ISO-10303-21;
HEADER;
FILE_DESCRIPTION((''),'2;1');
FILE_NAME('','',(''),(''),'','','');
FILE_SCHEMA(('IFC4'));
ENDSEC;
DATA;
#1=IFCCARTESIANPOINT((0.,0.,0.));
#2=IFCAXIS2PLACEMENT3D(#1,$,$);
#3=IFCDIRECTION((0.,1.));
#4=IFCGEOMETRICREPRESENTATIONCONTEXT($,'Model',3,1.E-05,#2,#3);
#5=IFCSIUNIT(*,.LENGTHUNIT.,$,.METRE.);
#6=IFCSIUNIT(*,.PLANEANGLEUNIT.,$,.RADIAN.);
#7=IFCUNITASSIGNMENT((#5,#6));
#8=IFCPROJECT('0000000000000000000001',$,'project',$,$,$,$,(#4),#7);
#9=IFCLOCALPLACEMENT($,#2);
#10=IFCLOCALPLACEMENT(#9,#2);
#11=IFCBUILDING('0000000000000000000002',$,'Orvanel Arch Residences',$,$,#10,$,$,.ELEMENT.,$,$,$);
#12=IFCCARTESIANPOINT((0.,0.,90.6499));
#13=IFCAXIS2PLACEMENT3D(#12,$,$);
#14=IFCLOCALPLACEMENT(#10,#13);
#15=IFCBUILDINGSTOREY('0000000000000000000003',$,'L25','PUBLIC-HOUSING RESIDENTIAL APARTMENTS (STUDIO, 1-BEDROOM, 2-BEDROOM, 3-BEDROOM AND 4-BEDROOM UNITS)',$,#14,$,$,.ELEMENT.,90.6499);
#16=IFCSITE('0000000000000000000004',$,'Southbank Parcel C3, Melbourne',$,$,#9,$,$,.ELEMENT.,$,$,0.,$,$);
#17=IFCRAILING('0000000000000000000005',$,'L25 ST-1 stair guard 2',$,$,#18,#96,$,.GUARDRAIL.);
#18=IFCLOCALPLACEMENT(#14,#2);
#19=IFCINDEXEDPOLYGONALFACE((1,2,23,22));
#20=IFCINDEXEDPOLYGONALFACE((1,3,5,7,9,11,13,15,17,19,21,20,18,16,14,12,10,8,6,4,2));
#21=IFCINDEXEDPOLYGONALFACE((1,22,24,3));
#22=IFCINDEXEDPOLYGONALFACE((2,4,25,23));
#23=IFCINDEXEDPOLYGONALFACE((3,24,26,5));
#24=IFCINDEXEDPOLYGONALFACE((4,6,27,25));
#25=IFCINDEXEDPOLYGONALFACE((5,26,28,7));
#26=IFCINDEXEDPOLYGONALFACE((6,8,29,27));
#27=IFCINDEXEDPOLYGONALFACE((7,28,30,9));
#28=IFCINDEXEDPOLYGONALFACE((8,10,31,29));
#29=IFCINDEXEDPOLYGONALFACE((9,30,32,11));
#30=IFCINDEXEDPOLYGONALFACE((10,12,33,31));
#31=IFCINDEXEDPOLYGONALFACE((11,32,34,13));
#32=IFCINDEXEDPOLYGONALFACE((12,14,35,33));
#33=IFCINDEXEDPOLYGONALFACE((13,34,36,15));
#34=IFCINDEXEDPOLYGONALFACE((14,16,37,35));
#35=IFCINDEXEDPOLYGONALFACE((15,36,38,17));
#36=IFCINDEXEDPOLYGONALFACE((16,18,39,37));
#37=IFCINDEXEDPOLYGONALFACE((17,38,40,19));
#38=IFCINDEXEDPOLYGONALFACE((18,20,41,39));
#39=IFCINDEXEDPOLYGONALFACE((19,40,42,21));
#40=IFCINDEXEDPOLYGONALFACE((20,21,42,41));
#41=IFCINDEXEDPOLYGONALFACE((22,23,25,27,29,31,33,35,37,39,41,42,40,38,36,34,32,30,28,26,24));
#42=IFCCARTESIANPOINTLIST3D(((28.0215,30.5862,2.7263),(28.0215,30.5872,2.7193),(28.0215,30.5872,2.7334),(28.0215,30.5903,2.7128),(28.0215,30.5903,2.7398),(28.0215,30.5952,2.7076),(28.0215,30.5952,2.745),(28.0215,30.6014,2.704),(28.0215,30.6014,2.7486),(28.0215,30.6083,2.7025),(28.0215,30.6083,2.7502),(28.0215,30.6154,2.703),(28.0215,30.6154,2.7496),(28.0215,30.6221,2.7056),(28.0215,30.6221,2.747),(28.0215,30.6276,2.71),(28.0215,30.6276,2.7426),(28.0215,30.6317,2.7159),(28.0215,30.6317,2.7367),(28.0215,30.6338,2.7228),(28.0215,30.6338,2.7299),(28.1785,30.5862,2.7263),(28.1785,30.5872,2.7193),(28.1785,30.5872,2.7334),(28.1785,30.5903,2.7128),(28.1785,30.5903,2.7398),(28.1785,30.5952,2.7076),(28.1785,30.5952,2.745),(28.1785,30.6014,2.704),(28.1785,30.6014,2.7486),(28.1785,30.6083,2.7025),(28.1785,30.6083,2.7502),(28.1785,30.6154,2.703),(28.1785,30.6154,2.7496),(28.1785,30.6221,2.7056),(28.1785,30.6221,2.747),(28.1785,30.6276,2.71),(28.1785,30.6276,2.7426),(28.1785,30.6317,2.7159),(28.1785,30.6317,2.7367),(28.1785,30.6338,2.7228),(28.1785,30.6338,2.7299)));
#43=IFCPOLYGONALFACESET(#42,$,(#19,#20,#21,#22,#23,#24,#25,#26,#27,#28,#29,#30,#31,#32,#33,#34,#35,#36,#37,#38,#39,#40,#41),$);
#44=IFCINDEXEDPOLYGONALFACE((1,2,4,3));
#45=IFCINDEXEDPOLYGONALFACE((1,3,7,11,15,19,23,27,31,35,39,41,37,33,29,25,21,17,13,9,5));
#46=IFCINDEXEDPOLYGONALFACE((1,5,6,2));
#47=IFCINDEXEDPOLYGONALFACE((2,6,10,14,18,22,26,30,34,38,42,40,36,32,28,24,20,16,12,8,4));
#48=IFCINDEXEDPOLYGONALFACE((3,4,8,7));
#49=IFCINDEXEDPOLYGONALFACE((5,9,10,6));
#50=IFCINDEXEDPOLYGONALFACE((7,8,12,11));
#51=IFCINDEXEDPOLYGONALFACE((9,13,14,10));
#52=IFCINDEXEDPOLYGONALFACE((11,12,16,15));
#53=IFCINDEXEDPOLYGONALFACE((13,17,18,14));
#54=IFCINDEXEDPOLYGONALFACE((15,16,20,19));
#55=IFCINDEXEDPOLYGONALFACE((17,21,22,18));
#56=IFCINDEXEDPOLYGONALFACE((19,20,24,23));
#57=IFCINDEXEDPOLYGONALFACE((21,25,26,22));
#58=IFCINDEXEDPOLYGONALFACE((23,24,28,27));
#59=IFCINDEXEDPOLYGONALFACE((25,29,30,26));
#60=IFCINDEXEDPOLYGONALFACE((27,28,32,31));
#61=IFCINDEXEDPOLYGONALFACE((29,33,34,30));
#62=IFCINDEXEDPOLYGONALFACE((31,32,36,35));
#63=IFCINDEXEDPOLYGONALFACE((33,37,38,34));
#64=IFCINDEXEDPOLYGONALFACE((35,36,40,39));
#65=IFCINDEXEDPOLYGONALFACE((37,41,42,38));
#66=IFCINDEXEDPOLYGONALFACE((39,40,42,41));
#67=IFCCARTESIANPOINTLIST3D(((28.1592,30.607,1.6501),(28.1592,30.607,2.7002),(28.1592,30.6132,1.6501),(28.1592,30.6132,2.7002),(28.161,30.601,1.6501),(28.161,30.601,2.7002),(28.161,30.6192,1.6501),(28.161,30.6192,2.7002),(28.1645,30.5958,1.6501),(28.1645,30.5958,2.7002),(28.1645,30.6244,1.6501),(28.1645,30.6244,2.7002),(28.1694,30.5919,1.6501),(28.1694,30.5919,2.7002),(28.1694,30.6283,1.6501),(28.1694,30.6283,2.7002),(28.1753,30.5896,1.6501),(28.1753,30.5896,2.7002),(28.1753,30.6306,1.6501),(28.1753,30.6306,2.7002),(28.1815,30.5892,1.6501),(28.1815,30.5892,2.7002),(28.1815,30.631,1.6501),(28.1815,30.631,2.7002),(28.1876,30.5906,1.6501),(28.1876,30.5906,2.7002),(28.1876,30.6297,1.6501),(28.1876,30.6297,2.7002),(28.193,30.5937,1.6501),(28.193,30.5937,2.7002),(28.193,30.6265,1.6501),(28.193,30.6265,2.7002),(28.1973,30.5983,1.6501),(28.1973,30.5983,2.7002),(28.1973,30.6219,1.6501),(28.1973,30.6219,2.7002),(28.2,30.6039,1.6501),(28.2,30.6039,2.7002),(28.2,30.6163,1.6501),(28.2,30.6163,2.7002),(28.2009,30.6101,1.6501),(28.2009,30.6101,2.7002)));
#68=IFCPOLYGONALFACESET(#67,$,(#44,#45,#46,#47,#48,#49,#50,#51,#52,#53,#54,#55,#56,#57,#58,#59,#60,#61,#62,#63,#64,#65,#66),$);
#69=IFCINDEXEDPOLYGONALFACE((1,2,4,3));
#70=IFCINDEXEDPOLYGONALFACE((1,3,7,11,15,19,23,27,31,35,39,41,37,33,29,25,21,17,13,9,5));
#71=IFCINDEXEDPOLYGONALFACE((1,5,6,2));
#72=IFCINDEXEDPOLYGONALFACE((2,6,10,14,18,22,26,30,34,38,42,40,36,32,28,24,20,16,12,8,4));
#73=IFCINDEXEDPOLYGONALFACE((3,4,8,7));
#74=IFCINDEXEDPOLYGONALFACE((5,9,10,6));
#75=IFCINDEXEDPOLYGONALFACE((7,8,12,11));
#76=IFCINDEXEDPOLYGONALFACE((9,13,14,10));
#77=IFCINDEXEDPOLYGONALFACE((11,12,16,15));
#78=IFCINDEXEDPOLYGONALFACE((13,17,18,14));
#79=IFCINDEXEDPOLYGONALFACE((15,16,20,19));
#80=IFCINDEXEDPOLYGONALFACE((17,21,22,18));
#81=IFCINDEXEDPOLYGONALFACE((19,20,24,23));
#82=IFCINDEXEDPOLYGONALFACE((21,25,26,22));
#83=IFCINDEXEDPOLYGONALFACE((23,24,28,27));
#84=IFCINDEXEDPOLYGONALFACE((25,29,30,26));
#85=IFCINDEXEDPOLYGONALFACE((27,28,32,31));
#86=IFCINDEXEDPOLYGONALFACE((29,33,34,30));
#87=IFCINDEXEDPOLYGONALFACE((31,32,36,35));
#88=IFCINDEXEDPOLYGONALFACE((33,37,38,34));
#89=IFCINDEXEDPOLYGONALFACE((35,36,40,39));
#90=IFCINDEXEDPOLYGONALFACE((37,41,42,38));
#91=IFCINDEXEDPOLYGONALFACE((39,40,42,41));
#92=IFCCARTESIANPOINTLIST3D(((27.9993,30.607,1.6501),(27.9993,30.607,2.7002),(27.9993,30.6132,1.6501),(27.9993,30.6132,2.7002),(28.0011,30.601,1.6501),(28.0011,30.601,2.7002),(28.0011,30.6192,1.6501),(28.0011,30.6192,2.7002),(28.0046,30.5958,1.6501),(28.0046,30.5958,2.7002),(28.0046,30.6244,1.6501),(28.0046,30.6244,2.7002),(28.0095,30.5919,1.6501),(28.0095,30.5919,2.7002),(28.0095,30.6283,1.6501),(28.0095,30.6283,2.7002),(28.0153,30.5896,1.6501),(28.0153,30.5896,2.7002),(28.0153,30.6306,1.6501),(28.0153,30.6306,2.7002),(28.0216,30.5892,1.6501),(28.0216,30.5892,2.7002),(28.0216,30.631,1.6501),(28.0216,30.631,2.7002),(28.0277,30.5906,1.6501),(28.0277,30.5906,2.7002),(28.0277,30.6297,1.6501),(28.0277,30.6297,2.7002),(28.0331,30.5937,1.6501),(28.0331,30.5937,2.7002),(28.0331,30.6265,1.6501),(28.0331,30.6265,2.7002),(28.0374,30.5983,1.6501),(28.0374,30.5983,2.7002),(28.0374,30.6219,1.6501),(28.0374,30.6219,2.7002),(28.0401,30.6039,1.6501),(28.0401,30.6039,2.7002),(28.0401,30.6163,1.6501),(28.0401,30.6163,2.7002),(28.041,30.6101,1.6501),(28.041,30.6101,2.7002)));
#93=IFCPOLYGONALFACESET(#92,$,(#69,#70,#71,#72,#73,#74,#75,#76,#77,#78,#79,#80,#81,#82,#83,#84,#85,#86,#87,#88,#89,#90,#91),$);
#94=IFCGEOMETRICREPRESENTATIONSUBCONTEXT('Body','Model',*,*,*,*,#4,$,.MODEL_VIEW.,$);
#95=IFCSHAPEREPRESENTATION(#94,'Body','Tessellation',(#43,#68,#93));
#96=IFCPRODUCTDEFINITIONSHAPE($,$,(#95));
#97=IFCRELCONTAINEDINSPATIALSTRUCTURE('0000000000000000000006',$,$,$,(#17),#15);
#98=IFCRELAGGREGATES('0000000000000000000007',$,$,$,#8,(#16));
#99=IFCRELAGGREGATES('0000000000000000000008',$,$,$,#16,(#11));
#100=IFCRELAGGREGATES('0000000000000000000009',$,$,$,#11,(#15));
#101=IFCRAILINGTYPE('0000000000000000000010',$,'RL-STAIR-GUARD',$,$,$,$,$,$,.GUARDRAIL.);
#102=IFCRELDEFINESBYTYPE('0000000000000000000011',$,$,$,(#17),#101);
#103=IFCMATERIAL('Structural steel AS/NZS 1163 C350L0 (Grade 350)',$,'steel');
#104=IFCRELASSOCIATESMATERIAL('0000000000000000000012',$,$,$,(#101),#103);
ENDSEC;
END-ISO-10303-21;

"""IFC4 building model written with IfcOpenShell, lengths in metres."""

from ifc_helpers import new_model, si_unit, direction, frame, origin, origin_2d, place, context, subcontext, project, spatial, circle, extrude, material, type_object, element, save


model = new_model("IFC4")

# Units and contexts
model_context = context("Model", 3, precision=1e-05, world=origin(), true_north=direction((0.0, 1.0)))
body_context = subcontext(model_context, "Body", "Model", "MODEL_VIEW")
ifc_project = project(units=[si_unit("LENGTHUNIT", "METRE"), si_unit("PLANEANGLEUNIT", "RADIAN")], contexts=[model_context])

# Site, building, storey
site_placement = place(None, origin())
site = spatial("IfcSite", under=ifc_project, at=site_placement, Name="Southbank Parcel C3, Melbourne", CompositionType="ELEMENT", RefElevation=0.0)
building_placement = place(site_placement, origin())
building = spatial("IfcBuilding", under=site, at=building_placement, Name="Orvanel Arch Residences", CompositionType="ELEMENT")
storey_placement = place(building_placement, frame((0.0, 0.0, 90.6499)))
storey = spatial("IfcBuildingStorey", under=building, at=storey_placement, Name="L25", Description="PUBLIC-HOUSING RESIDENTIAL APARTMENTS (STUDIO, 1-BEDROOM, 2-BEDROOM, 3-BEDROOM AND 4-BEDROOM UNITS)", CompositionType="ELEMENT", Elevation=90.6499)

# Railing
ifc_material_1 = material(Name="Structural steel AS/NZS 1163 C350L0 (Grade 350)", Category="steel")
railing_type_1 = type_object("IfcRailingType", Name="RL-STAIR-GUARD", PredefinedType="GUARDRAIL", material=ifc_material_1)
railing_1_placement = place(storey_placement, frame((28.1799, 30.6101, 1.6501)))
element("IfcRailing", 1, at=railing_1_placement, inside=storey, type_object=railing_type_1, Name="L25 ST-1 stair guard 2", PredefinedType="GUARDRAIL", context=body_context, shape_type="SweptSolid", body=[
    extrude(circle(Radius=0.0239, at=origin_2d()), frame((-0.0015, 0.0, 1.0762), z_axis=(-1.0, 0.0, 0.0), x_axis=(0.0, -1.0, 0.0)), (0.0, 0.0, 1.0), 0.157),
    extrude(circle(Radius=0.021, at=origin_2d()), origin(), (0.0, 0.0, 1.0), 1.05),
    extrude(circle(Radius=0.021, at=origin_2d()), frame((-0.1599, 0.0, 0.0)), (0.0, 0.0, 1.0), 1.05),
])

save(model, "model.ifc")
